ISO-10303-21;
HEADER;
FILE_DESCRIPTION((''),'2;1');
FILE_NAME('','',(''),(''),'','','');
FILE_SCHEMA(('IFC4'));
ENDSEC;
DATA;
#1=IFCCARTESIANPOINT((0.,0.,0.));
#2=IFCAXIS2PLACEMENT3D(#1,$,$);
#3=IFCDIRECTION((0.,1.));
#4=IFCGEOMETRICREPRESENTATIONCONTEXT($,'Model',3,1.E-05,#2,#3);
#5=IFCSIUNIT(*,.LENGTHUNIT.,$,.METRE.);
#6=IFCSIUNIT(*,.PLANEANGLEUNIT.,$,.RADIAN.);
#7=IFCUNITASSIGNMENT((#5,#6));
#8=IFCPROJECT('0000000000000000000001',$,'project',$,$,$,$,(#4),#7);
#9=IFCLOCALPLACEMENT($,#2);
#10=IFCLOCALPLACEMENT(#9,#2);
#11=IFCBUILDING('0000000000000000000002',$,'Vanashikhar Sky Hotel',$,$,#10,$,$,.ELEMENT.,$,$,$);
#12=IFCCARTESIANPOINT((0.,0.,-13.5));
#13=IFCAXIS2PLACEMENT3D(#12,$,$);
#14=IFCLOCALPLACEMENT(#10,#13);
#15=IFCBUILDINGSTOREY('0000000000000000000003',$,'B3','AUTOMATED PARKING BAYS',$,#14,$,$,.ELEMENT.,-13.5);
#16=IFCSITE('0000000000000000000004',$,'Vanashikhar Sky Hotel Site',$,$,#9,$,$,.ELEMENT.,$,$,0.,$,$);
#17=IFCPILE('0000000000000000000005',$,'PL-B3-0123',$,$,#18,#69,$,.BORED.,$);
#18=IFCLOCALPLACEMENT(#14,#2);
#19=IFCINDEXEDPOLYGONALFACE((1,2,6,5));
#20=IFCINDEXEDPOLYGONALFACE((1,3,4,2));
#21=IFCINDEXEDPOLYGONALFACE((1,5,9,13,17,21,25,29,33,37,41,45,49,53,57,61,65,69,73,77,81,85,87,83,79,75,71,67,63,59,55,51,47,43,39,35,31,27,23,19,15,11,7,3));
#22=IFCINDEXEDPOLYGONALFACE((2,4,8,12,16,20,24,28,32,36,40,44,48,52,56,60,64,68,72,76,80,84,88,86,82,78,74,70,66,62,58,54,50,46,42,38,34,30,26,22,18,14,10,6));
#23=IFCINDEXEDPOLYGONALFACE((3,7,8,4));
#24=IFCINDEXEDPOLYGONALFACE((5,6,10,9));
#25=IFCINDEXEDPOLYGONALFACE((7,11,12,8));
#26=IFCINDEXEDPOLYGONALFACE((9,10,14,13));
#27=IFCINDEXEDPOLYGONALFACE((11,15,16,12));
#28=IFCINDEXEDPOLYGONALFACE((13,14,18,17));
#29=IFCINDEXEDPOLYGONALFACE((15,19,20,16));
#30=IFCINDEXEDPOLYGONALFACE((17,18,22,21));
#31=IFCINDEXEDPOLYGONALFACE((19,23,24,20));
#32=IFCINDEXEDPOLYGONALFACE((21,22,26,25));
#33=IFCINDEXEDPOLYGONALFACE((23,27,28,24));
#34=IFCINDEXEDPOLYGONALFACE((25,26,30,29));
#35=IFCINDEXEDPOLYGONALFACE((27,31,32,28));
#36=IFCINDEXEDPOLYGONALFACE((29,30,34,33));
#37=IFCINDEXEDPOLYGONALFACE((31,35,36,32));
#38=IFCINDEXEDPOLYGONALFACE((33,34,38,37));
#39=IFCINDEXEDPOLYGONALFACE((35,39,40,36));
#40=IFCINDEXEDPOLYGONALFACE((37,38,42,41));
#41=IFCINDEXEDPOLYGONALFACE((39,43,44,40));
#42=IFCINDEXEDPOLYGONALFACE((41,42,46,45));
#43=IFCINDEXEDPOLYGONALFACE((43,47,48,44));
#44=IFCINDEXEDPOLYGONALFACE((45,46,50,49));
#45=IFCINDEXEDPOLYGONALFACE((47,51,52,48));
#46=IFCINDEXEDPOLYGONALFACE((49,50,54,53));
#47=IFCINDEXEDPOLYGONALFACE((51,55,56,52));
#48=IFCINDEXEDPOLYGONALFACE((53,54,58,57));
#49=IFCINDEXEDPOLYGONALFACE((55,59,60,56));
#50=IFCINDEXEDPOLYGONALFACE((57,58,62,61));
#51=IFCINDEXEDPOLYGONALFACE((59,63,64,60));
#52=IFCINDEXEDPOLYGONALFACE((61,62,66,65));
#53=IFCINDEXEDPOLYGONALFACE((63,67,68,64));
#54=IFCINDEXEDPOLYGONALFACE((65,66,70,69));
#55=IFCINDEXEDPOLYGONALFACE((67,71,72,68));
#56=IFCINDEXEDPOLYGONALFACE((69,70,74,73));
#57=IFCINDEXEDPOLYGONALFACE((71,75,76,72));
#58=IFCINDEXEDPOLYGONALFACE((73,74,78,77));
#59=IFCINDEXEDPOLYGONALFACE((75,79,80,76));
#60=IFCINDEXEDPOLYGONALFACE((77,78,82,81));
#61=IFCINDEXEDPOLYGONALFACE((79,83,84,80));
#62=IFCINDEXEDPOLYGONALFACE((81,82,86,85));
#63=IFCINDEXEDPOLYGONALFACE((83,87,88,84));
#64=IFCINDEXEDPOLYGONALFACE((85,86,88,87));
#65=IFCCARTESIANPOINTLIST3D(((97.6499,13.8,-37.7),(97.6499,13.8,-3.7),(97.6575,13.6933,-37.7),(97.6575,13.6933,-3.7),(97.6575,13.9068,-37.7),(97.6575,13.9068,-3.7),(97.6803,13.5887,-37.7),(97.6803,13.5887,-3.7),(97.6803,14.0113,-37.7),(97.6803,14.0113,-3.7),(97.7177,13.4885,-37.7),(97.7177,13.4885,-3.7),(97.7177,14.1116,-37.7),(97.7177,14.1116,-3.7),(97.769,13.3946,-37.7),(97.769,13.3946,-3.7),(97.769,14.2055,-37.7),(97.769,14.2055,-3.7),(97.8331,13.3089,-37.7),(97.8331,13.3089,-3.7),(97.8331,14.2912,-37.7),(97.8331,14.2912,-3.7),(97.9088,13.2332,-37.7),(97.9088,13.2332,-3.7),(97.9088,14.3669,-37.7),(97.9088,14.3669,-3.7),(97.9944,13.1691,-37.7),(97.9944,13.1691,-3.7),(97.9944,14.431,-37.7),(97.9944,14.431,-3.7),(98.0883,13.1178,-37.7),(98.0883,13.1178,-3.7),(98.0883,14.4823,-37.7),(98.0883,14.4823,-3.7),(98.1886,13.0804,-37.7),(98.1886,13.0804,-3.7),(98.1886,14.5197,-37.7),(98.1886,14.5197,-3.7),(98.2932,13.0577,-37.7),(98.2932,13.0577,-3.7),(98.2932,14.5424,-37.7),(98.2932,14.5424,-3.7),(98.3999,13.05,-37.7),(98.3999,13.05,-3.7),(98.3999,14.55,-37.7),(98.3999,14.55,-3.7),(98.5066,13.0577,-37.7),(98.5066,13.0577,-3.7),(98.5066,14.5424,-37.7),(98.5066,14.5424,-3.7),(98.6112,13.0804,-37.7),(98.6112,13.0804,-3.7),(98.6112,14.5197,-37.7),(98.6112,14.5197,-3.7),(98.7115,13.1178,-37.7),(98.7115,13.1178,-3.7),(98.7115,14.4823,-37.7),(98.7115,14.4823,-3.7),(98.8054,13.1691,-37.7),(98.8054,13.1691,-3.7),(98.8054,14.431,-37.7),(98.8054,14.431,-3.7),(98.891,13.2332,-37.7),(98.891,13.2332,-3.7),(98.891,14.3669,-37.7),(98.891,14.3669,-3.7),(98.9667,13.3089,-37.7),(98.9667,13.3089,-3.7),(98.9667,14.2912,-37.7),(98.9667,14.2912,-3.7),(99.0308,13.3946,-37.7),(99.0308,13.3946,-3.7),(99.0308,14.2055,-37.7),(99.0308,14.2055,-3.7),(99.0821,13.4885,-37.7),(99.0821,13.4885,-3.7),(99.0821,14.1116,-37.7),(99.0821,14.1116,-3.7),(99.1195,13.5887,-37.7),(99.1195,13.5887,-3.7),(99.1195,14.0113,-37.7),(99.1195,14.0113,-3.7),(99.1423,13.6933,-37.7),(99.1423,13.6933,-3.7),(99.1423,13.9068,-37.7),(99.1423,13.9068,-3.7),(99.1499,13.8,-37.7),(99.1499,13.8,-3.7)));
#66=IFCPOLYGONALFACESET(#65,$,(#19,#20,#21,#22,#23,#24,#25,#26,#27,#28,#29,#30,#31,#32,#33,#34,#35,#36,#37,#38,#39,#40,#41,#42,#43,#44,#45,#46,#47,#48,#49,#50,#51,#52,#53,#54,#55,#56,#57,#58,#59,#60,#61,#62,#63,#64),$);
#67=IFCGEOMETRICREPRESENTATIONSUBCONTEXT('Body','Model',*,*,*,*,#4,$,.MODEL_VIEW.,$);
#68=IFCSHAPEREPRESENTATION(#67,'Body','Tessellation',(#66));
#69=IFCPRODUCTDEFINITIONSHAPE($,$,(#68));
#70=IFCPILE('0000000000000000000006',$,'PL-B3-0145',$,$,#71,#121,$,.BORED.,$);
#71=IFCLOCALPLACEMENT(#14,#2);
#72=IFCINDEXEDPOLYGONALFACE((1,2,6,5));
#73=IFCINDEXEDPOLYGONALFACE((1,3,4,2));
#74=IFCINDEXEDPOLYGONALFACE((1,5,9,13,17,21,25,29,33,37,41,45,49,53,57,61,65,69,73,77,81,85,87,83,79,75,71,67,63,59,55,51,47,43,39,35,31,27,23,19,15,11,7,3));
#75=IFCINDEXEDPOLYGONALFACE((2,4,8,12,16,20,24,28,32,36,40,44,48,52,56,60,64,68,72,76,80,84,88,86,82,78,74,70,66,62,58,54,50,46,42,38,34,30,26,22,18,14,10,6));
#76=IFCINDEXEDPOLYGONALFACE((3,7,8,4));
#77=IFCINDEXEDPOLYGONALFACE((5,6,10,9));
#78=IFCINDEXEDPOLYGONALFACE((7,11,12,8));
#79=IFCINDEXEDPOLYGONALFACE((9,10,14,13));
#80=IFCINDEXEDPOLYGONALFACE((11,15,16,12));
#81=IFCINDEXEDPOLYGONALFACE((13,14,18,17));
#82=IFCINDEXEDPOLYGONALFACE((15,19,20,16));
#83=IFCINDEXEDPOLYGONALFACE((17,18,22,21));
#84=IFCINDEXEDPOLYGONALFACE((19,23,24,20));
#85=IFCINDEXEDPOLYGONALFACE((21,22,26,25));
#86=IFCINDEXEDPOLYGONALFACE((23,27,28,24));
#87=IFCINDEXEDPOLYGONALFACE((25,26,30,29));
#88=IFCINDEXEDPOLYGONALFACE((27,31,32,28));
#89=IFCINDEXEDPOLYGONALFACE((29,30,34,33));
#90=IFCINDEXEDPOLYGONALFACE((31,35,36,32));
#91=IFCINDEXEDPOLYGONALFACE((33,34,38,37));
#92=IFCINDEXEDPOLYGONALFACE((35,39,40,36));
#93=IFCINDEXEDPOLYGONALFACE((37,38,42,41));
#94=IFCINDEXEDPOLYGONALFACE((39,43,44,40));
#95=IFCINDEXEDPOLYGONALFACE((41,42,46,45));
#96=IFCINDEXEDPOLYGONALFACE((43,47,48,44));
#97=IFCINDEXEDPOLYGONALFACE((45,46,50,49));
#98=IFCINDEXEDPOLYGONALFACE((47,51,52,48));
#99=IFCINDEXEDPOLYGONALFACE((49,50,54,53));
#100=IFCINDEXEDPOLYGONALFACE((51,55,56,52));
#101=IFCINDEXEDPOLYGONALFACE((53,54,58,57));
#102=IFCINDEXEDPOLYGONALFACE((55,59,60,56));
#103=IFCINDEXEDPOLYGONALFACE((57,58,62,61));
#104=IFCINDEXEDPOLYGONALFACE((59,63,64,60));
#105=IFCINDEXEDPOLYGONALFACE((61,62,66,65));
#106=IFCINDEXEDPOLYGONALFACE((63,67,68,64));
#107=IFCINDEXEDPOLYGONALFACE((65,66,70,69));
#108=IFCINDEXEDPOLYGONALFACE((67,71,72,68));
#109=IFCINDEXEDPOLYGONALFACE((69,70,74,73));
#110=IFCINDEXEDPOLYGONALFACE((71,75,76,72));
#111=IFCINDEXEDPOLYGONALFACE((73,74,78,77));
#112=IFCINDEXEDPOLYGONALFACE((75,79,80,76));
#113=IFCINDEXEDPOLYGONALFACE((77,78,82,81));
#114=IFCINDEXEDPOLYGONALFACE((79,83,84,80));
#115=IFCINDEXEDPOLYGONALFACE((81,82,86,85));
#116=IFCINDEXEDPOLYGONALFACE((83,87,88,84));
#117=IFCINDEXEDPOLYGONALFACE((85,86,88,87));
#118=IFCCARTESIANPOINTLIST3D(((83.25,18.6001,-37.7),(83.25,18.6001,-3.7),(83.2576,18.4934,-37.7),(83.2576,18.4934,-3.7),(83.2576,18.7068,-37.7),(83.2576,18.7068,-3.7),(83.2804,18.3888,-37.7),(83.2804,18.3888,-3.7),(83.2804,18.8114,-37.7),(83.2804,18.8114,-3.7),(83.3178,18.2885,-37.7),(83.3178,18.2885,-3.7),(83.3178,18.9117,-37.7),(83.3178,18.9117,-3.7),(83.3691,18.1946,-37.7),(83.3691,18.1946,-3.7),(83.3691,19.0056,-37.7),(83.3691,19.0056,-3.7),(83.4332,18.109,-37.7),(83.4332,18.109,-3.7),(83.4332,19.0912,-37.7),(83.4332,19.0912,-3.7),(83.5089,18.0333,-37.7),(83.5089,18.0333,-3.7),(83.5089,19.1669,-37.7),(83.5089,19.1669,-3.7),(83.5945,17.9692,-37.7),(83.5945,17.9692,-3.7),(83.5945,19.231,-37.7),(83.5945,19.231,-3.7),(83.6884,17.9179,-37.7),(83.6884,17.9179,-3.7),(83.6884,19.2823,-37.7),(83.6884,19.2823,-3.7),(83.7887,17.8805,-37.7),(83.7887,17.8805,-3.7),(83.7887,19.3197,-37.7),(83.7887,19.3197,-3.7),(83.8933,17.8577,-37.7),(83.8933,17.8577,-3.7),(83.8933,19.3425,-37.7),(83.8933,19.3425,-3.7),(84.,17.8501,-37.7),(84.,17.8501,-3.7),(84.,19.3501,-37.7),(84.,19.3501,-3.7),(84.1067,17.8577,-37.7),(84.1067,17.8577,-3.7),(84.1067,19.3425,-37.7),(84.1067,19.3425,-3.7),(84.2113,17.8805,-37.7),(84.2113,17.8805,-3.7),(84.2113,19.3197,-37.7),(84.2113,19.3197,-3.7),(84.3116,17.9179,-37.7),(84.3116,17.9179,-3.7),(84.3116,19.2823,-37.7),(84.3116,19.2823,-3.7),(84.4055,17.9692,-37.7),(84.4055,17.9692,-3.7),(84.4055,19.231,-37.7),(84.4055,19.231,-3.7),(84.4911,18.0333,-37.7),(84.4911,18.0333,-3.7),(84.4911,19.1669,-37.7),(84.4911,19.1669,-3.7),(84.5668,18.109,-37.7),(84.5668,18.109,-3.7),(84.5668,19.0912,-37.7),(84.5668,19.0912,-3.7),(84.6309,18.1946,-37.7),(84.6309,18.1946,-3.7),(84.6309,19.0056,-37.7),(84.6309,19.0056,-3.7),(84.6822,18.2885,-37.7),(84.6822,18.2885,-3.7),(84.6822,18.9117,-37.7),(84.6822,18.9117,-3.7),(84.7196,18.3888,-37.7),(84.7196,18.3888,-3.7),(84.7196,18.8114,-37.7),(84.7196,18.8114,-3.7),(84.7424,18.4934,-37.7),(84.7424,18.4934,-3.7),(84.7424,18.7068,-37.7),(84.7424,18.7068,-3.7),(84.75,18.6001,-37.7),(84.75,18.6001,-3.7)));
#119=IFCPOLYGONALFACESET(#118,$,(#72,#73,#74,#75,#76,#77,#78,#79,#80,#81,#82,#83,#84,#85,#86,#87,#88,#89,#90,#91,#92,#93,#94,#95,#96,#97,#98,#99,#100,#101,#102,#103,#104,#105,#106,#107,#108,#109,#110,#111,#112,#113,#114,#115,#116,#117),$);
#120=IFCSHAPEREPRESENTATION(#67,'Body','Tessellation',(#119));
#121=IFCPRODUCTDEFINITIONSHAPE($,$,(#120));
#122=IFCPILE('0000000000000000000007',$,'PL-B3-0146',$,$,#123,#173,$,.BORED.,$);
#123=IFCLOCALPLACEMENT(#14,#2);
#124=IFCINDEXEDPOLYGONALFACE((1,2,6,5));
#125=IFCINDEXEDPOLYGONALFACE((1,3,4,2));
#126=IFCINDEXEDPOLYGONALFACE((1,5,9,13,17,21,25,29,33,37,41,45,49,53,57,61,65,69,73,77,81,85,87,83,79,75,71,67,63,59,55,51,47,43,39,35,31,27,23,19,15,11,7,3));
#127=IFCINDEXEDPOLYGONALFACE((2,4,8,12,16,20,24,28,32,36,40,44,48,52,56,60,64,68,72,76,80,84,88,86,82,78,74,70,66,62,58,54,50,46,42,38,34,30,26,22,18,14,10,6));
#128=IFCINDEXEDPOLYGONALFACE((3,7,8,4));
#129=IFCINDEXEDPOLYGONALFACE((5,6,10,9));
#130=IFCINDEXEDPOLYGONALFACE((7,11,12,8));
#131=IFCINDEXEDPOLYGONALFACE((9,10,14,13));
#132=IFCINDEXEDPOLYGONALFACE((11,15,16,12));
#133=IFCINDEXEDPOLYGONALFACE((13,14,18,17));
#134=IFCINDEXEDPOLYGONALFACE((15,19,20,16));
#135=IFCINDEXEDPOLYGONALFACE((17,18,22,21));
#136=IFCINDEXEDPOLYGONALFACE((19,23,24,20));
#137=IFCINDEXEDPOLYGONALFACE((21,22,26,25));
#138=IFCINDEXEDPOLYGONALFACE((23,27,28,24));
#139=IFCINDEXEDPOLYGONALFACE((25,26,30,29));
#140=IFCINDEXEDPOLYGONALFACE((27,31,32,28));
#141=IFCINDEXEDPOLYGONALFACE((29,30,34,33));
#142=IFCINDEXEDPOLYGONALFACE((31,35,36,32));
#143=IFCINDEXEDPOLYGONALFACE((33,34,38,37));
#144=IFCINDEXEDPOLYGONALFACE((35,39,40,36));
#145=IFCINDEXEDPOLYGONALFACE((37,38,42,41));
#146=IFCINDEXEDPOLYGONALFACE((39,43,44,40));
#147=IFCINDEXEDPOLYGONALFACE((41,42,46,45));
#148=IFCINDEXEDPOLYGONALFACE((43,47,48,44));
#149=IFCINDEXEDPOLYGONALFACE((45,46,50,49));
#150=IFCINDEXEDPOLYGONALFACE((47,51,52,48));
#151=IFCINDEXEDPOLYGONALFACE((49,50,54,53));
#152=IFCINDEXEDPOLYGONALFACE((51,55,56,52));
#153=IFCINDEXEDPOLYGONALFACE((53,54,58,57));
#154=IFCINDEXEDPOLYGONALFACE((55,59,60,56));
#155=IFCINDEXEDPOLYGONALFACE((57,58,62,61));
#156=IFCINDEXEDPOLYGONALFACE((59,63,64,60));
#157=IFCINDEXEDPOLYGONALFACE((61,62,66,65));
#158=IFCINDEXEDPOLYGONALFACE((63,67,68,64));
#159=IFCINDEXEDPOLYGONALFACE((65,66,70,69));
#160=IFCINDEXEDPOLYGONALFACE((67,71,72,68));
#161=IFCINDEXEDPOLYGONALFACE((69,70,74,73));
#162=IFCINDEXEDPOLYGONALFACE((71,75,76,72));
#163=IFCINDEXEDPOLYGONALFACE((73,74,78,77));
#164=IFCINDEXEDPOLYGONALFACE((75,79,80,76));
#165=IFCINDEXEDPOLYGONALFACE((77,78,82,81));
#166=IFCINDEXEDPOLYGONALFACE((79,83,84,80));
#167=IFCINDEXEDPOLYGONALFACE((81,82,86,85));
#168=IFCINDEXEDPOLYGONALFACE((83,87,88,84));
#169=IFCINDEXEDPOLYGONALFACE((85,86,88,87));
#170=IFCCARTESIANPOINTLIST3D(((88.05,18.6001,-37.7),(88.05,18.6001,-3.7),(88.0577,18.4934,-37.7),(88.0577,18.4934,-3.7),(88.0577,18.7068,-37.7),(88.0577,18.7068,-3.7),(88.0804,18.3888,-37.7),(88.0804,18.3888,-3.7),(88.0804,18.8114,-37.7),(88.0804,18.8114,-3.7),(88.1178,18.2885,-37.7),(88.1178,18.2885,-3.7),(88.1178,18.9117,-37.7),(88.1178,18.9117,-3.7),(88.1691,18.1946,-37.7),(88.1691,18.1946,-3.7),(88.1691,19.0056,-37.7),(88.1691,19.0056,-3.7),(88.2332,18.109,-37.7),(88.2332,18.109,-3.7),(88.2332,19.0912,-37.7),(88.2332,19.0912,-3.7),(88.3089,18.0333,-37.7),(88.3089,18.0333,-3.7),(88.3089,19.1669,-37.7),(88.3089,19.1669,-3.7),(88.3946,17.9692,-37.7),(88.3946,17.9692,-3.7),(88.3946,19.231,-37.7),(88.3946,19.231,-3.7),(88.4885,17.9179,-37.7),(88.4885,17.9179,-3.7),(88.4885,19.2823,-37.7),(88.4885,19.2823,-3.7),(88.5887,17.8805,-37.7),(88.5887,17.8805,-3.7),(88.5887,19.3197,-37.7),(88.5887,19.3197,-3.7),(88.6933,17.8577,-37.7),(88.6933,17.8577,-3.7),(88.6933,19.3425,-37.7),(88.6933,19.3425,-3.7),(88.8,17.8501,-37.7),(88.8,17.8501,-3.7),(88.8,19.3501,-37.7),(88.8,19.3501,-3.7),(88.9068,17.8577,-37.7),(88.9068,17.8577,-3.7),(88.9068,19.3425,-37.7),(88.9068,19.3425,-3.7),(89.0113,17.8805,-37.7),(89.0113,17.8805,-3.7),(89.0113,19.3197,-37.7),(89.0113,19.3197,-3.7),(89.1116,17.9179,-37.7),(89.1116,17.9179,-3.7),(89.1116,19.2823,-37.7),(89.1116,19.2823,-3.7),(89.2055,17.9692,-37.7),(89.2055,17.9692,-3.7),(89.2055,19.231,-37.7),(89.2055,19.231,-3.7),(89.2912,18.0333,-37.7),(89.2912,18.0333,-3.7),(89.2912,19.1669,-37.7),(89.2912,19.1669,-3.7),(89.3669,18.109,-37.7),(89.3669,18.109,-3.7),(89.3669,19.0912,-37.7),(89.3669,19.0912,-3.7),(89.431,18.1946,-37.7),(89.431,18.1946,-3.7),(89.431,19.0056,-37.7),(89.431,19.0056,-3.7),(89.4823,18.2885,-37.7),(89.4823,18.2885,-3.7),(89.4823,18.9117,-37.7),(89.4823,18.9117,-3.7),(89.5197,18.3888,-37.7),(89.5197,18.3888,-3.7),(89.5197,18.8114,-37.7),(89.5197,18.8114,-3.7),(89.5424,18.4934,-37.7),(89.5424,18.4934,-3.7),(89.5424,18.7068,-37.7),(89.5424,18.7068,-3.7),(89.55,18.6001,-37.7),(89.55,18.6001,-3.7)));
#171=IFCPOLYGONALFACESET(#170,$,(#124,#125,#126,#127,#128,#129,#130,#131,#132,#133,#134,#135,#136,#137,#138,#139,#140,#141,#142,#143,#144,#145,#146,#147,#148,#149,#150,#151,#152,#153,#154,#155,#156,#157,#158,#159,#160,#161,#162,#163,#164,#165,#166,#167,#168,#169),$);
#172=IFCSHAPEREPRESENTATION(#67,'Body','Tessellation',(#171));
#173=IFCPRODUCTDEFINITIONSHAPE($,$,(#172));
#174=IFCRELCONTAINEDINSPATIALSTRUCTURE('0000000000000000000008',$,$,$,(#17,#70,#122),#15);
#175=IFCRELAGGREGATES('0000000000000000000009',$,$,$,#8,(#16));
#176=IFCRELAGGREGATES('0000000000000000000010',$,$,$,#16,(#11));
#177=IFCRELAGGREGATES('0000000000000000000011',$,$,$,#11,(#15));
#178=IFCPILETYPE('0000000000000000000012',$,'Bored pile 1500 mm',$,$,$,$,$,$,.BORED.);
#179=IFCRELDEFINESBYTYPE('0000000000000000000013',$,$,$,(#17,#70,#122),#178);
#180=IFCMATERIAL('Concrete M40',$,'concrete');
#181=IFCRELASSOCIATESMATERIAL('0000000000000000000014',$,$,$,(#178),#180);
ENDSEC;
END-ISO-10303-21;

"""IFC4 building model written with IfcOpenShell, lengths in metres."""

from ifc_helpers import new_model, si_unit, direction, frame, origin, origin_2d, place, context, subcontext, project, spatial, circle, extrude, source, transform, mapped, material, type_object, element, save


model = new_model("IFC4")

# Units and contexts
model_context = context("Model", 3, precision=1e-05, world=origin(), true_north=direction((0.0, 1.0)))
body_context = subcontext(model_context, "Body", "Model", "MODEL_VIEW")
ifc_project = project(units=[si_unit("LENGTHUNIT", "METRE"), si_unit("PLANEANGLEUNIT", "RADIAN")], contexts=[model_context])

# Site, building, storey
site_placement = place(None, origin())
site = spatial("IfcSite", under=ifc_project, at=site_placement, Name="Vanashikhar Sky Hotel Site", CompositionType="ELEMENT", RefElevation=0.0)
building_placement = place(site_placement, origin())
building = spatial("IfcBuilding", under=site, at=building_placement, Name="Vanashikhar Sky Hotel", CompositionType="ELEMENT")
storey_placement = place(building_placement, frame((0.0, 0.0, -13.5)))
storey = spatial("IfcBuildingStorey", under=building, at=storey_placement, Name="B3", Description="AUTOMATED PARKING BAYS", CompositionType="ELEMENT", Elevation=-13.5)

# Piles
ifc_material_1 = material(Name="Concrete M40", Category="concrete")
pile_type = type_object("IfcPileType", Name="Bored pile 1500 mm", PredefinedType="BORED", material=ifc_material_1)
shared_shape_1 = source(origin(), body_context, "Body", "SweptSolid", [
    extrude(circle(Radius=0.75, at=origin_2d()), origin(), (0.0, 0.0, 1.0), 34.0),
])
for number, where, z_axis, x_axis, name in (
    (1, (98.3999, 13.8, -3.7), (0.0, 0.0, -1.0), (1.0, 0.0, 0.0), "PL-B3-0123"),
    (2, (84.0, 18.6001, -3.7), (0.0, 0.0, -1.0), (1.0, 0.0, 0.0), "PL-B3-0145"),
    (3, (88.8, 18.6001, -3.7), (0.0, 0.0, -1.0), (1.0, 0.0, 0.0), "PL-B3-0146"),
):
    element("IfcPile", number, at=place(storey_placement, frame(where, z_axis=z_axis, x_axis=x_axis)), inside=storey, type_object=pile_type, Name=name, PredefinedType="BORED", context=body_context, shape_type="MappedRepresentation", body=[
        mapped(shared_shape_1, transform((0.0, 0.0, 0.0), scale=1.0)),
    ])

save(model, "model.ifc")
